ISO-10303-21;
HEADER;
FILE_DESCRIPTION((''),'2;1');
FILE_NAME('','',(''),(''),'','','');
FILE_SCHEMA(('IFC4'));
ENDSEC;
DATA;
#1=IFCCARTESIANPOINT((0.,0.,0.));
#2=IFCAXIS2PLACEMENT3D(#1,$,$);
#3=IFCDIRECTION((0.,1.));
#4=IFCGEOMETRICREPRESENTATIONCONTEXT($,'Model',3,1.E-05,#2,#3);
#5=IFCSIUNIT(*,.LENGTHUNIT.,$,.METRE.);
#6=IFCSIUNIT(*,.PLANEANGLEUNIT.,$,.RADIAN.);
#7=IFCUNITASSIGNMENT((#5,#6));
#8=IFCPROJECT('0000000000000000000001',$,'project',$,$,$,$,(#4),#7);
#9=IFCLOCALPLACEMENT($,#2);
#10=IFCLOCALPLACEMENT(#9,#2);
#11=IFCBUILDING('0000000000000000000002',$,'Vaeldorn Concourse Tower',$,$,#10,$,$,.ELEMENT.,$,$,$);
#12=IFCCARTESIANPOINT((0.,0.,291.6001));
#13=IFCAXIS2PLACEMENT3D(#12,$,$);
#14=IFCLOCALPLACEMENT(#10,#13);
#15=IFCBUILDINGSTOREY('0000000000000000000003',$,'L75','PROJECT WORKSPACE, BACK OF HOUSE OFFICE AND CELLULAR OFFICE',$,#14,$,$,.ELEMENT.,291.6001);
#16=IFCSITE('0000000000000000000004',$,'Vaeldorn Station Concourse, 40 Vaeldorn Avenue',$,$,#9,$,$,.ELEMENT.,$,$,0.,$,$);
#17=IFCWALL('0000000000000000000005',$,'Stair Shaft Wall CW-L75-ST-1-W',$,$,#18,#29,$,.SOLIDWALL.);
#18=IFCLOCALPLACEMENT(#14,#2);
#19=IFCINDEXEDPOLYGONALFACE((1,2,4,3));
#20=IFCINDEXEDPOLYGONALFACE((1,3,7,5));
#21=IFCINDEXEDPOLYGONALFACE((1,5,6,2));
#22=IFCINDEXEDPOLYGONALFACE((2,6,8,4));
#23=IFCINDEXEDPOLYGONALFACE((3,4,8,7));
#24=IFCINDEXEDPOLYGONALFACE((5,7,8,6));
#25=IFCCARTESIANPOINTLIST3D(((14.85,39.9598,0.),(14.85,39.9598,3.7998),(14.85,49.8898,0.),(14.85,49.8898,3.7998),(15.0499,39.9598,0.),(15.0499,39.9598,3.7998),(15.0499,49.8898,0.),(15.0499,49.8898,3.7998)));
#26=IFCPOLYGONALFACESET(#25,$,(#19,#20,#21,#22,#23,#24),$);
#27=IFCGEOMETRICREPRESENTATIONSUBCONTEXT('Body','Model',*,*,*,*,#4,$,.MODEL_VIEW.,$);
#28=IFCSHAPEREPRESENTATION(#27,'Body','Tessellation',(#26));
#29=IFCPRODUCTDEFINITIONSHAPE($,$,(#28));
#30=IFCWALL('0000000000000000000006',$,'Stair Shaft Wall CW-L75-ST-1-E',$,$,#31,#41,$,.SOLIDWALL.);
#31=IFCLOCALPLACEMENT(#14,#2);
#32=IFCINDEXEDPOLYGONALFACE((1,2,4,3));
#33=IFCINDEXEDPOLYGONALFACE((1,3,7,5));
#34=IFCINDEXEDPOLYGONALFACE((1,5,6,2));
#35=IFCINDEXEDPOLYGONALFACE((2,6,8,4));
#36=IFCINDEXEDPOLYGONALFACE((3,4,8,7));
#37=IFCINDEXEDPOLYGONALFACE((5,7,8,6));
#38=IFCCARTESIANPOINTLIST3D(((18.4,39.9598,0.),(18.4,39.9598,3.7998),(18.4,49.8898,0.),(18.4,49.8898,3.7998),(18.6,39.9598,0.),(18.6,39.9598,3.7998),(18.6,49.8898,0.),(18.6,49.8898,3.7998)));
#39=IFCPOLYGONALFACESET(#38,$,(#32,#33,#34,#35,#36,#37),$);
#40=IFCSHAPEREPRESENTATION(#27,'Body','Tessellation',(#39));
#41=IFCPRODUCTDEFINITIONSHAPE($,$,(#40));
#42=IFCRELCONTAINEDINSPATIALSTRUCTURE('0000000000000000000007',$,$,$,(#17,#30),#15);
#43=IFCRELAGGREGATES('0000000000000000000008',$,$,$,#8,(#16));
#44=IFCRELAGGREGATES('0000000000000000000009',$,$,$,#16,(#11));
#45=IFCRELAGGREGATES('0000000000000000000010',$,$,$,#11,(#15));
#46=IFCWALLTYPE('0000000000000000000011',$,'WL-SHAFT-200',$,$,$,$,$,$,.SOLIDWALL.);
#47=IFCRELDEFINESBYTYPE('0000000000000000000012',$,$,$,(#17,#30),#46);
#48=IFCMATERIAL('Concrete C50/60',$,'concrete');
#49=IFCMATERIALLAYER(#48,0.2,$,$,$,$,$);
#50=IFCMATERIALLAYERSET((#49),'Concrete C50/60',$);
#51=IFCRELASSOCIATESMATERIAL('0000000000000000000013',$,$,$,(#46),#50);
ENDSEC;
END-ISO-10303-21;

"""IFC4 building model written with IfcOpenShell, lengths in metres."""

from ifc_helpers import new_model, si_unit, direction, frame, frame_2d, origin, place, context, subcontext, project, spatial, rectangle, extrude, material, layer, layer_set, type_object, element, save


model = new_model("IFC4")

# Units and contexts
model_context = context("Model", 3, precision=1e-05, world=origin(), true_north=direction((0.0, 1.0)))
body_context = subcontext(model_context, "Body", "Model", "MODEL_VIEW")
ifc_project = project(units=[si_unit("LENGTHUNIT", "METRE"), si_unit("PLANEANGLEUNIT", "RADIAN")], contexts=[model_context])

# Site, building, storey
site_placement = place(None, origin())
site = spatial("IfcSite", under=ifc_project, at=site_placement, Name="Vaeldorn Station Concourse, 40 Vaeldorn Avenue", CompositionType="ELEMENT", RefElevation=0.0)
building_placement = place(site_placement, origin())
building = spatial("IfcBuilding", under=site, at=building_placement, Name="Vaeldorn Concourse Tower", CompositionType="ELEMENT")
storey_placement = place(building_placement, frame((0.0, 0.0, 291.6001)))
storey = spatial("IfcBuildingStorey", under=building, at=storey_placement, Name="L75", Description="PROJECT WORKSPACE, BACK OF HOUSE OFFICE AND CELLULAR OFFICE", CompositionType="ELEMENT", Elevation=291.6001)

# Shared definitions
ifc_material_1 = material(Name="Concrete C50/60", Category="concrete")

# Shared definitions
ifc_layer_1 = layer(ifc_material_1, 0.2)
ifc_layer_set_1 = layer_set([ifc_layer_1], Name="Concrete C50/60")
wall_type_1 = type_object("IfcWallType", Name="WL-SHAFT-200", PredefinedType="SOLIDWALL", material=ifc_layer_set_1)

# Walls
for number, where, z_axis, x_axis, name in (
    (1, (14.95, 39.96, 0.0), (0.0, 0.0, 1.0), (0.0, 1.0, 0.0), "Stair Shaft Wall CW-L75-ST-1-W"),
    (2, (18.5, 39.96, 0.0), (0.0, 0.0, 1.0), (0.0, 1.0, 0.0), "Stair Shaft Wall CW-L75-ST-1-E"),
):
    element("IfcWall", number, at=place(storey_placement, frame(where, z_axis=z_axis, x_axis=x_axis)), inside=storey, type_object=wall_type_1, Name=name, PredefinedType="SOLIDWALL", context=body_context, shape_type="SweptSolid", body=[
        extrude(rectangle(XDim=9.9299, YDim=0.2, at=frame_2d((4.9648, 0.0))), origin(), (0.0, 0.0, 1.0), 3.7998),
    ])

save(model, "model.ifc")
